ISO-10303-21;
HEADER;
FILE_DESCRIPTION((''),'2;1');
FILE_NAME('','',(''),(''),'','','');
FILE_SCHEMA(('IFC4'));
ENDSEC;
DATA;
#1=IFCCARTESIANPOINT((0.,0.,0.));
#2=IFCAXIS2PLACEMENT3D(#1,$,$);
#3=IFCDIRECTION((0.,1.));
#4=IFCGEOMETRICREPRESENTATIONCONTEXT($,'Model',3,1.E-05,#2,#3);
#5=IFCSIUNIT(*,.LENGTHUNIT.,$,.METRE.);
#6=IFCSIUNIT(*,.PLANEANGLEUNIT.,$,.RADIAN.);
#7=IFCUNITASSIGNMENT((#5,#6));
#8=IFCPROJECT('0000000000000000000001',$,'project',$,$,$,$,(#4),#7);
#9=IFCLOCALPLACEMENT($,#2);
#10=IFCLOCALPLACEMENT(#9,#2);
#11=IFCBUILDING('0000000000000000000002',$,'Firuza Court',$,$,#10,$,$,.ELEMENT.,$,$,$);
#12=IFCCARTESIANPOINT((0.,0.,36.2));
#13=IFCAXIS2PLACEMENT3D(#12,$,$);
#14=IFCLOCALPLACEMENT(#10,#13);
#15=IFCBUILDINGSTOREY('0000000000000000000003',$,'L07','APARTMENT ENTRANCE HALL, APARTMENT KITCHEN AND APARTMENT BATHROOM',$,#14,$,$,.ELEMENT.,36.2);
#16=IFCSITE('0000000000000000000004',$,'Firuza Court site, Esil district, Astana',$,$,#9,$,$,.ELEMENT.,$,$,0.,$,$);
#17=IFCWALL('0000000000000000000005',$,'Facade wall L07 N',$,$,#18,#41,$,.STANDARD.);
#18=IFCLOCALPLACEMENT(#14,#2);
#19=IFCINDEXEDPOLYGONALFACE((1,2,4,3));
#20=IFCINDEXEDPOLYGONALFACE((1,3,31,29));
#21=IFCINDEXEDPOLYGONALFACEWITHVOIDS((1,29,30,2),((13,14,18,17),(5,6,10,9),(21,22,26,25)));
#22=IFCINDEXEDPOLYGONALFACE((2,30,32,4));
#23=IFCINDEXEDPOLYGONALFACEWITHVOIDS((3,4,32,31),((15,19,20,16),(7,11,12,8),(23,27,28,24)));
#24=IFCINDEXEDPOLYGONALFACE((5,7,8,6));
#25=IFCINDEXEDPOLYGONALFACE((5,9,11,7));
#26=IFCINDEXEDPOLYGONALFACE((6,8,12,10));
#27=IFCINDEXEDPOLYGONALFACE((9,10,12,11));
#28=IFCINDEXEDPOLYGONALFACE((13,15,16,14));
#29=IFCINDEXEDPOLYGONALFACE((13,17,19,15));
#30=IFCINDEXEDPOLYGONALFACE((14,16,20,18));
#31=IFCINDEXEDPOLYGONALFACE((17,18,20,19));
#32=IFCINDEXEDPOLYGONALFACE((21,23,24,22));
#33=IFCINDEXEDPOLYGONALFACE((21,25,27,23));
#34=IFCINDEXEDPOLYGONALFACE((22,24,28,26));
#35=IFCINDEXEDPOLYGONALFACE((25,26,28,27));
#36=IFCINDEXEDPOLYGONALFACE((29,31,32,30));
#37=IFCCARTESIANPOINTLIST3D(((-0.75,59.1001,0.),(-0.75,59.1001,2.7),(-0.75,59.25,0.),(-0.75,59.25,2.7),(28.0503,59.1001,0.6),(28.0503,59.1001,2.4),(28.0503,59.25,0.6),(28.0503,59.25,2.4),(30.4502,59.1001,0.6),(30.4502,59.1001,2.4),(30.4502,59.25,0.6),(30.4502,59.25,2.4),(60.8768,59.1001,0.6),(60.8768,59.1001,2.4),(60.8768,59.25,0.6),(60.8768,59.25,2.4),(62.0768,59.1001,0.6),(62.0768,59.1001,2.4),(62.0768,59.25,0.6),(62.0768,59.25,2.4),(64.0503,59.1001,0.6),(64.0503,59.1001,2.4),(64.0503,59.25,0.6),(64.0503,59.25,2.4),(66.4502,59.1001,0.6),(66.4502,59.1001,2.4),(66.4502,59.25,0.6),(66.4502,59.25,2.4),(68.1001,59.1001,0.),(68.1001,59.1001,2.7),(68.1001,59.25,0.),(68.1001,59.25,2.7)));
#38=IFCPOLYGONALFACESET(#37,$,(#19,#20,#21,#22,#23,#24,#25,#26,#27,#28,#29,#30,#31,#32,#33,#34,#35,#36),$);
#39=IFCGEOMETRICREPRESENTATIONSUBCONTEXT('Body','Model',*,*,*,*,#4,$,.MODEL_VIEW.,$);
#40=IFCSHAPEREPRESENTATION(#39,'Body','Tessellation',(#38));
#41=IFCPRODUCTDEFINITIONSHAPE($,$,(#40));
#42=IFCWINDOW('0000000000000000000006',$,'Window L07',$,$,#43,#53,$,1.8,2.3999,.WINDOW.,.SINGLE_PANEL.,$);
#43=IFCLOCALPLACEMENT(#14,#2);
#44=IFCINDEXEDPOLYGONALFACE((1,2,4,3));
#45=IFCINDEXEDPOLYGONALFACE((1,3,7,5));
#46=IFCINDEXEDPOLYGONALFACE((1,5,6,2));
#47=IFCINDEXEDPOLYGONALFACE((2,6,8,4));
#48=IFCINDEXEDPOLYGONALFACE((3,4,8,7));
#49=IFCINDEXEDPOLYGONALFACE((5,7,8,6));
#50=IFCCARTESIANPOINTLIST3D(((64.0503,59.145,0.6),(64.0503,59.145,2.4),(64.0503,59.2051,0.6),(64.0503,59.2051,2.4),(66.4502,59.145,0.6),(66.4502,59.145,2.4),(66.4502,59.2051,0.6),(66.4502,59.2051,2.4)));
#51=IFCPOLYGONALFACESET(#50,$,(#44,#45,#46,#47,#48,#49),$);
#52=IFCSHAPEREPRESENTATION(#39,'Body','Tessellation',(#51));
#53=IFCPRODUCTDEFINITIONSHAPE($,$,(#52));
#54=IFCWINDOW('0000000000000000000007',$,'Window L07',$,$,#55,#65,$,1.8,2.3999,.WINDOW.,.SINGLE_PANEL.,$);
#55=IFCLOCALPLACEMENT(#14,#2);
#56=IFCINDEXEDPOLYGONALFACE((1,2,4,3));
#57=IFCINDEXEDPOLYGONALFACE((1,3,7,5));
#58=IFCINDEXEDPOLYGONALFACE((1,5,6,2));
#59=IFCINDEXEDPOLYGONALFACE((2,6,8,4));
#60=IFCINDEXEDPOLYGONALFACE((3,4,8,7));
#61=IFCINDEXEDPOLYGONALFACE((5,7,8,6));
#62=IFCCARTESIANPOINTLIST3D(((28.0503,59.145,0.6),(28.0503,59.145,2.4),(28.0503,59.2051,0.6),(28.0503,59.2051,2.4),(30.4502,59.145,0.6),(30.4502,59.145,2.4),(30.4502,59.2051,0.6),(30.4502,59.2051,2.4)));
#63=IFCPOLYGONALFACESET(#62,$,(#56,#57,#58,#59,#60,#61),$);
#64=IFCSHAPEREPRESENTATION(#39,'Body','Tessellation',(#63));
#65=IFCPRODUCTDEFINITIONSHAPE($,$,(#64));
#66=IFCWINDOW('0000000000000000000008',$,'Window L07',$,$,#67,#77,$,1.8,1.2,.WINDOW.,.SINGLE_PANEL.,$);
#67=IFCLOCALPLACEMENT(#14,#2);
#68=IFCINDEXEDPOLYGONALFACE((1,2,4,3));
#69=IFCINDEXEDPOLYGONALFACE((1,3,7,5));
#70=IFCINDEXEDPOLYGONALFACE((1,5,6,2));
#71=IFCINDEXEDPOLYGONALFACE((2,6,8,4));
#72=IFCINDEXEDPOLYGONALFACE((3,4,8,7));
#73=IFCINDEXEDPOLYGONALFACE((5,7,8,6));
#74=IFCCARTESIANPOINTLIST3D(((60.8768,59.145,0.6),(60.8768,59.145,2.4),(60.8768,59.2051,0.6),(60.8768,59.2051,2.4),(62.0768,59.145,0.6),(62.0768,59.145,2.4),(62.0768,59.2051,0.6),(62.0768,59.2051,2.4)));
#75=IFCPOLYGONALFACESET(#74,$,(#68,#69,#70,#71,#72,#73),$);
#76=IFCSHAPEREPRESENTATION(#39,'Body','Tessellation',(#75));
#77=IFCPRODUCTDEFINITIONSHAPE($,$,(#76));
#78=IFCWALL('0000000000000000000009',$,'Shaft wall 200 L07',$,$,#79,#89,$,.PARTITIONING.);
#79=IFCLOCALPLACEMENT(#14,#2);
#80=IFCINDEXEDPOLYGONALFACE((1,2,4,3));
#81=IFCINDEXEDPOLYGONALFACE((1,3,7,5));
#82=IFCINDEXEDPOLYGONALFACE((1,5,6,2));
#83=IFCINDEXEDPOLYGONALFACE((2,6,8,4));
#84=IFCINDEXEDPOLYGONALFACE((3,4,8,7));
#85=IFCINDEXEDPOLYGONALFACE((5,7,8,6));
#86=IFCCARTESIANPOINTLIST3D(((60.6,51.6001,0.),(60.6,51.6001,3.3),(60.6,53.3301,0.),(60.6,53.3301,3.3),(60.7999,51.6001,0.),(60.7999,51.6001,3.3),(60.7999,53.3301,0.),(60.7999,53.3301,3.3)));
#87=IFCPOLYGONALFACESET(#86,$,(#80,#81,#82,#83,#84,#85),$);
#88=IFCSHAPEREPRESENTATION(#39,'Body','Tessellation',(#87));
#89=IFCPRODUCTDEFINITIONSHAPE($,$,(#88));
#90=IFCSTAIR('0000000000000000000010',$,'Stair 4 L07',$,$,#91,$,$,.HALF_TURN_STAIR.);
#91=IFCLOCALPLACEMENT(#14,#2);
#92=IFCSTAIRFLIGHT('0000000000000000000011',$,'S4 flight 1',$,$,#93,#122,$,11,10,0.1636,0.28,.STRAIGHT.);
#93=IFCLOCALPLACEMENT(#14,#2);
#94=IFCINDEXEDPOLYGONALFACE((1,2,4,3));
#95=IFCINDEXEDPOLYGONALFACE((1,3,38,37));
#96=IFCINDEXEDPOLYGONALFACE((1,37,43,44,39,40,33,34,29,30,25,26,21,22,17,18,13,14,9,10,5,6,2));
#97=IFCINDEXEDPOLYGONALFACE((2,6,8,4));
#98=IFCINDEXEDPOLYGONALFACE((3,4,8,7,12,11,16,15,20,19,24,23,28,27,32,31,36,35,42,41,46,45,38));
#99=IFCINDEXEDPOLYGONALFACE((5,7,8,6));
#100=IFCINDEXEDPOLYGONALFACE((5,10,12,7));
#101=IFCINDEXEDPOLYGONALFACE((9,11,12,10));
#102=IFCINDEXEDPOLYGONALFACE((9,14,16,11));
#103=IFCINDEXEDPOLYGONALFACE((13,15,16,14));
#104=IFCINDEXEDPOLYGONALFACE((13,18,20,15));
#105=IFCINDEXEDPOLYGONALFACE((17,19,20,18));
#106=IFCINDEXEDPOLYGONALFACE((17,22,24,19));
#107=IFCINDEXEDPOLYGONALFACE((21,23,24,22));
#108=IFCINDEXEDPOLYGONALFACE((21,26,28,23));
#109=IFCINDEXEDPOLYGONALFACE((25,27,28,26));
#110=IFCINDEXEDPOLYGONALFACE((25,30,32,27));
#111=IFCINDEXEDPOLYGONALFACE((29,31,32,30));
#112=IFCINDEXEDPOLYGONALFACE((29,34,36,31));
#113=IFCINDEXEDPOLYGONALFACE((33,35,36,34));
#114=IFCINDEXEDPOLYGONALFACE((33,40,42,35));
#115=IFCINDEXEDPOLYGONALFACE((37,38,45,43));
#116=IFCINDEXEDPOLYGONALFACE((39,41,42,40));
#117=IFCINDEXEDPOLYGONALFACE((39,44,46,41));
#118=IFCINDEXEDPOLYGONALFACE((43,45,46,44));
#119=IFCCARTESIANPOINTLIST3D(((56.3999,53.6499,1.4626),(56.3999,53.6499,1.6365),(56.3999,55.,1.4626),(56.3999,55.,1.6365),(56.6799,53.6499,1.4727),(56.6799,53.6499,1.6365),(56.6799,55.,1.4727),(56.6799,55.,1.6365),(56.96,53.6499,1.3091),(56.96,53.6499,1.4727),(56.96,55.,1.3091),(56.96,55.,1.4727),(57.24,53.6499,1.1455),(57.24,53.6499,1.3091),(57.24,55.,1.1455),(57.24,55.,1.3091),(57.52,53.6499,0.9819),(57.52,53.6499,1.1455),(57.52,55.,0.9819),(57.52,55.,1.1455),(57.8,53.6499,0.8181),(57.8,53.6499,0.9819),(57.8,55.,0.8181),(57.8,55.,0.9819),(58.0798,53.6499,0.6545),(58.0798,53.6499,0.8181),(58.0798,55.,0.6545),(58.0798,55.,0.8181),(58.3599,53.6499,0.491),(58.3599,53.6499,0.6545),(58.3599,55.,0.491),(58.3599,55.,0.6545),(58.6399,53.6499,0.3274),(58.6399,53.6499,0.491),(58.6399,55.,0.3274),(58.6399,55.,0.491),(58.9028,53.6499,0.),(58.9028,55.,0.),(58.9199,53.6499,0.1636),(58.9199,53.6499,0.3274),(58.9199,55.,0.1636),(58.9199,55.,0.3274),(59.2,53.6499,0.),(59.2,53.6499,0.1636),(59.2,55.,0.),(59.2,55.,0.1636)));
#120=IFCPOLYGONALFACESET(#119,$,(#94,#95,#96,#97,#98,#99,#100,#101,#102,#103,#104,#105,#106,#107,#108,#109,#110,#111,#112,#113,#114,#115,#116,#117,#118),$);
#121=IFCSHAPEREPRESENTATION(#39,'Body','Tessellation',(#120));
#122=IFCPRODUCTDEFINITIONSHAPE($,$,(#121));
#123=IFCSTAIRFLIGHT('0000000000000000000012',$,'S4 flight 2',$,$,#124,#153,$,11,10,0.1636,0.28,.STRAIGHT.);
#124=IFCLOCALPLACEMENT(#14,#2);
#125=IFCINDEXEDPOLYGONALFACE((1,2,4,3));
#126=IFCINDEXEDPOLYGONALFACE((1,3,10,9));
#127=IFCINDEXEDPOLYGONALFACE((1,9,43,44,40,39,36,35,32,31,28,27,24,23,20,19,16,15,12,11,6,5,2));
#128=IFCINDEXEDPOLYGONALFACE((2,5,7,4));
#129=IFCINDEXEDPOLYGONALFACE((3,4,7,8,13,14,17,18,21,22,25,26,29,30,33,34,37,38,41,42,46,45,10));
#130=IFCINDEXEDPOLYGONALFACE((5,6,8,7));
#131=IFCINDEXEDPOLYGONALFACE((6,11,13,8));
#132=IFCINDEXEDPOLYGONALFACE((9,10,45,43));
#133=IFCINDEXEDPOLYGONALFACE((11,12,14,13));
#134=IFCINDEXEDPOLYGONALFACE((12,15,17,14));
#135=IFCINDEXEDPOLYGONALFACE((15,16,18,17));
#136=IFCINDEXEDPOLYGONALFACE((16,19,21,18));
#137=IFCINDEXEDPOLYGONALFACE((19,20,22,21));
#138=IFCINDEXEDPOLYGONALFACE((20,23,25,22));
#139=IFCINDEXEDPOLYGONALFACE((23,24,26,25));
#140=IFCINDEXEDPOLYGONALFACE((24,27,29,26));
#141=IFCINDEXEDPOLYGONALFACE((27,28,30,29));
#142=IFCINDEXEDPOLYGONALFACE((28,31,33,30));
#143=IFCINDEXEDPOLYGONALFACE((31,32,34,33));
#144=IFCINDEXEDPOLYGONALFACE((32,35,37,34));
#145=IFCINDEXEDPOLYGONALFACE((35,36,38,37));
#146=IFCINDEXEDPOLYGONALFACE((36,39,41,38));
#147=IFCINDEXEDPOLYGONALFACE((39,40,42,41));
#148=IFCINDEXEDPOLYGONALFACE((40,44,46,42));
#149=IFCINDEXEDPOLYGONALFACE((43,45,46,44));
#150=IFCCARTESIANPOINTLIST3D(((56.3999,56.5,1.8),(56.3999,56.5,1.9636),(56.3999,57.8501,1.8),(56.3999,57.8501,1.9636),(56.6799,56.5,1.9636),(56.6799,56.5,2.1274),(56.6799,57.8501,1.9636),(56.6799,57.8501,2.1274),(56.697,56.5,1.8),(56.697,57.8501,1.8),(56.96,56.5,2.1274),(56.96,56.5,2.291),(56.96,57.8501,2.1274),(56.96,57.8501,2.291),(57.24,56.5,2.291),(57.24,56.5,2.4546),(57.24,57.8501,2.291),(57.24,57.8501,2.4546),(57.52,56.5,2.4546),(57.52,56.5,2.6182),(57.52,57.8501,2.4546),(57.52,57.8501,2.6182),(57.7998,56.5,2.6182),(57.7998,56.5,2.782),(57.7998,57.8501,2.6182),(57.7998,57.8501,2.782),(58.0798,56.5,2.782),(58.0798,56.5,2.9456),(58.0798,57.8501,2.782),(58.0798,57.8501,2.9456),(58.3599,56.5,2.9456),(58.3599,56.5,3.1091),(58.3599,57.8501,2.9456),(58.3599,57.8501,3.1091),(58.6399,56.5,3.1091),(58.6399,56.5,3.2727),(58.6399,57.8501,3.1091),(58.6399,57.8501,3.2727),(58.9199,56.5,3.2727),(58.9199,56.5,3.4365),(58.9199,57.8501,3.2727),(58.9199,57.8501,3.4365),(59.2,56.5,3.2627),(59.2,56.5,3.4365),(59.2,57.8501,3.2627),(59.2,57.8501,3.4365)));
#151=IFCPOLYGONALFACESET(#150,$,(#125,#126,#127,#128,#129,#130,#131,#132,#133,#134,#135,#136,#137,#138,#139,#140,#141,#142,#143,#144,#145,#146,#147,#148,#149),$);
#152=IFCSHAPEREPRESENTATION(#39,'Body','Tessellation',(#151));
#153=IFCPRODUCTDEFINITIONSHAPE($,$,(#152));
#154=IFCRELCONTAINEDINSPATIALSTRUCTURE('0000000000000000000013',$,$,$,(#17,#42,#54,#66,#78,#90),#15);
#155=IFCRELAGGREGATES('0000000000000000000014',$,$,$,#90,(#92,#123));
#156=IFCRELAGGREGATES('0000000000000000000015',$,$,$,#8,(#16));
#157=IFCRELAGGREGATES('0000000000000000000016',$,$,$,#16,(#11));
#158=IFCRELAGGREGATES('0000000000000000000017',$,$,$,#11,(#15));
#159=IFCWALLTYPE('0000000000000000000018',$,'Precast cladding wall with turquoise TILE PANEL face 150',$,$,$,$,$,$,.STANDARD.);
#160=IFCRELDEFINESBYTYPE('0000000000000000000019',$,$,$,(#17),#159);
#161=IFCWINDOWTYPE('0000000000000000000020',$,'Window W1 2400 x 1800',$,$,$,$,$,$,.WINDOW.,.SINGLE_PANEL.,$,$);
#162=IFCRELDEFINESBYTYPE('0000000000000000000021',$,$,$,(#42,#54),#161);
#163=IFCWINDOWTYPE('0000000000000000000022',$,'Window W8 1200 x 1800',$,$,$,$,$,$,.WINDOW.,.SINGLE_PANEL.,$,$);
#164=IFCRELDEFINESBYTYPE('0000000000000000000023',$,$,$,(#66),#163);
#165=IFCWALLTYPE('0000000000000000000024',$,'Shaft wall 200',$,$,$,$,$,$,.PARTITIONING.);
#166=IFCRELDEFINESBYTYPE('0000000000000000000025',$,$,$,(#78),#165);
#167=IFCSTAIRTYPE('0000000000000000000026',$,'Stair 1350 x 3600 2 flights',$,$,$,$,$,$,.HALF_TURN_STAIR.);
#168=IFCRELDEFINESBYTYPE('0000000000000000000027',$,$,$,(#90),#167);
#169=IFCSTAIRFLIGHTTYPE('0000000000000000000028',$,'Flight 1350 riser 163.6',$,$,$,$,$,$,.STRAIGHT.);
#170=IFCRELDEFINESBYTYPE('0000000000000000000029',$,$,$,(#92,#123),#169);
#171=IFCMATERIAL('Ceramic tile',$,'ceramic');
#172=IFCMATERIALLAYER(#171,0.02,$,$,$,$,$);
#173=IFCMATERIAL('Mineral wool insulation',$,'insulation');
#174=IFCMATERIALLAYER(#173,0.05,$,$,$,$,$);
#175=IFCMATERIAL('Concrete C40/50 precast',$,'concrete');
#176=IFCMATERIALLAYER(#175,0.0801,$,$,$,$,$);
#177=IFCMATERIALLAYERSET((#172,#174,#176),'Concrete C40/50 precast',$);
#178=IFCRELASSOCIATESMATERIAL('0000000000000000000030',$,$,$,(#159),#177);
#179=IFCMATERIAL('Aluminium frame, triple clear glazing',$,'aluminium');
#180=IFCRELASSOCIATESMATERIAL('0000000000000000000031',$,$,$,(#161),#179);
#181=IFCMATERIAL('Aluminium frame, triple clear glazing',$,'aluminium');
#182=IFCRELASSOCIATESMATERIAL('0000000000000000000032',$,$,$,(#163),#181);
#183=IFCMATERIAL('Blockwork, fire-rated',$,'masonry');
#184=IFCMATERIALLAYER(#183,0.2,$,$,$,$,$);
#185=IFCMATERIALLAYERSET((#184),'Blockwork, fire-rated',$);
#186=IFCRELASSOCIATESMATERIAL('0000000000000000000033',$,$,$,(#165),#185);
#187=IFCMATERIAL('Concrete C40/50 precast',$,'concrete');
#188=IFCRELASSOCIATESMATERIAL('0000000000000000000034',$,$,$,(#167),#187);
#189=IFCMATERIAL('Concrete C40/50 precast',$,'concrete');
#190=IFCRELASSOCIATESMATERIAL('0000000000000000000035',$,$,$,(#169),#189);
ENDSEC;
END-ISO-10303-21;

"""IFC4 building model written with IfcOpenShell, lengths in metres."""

from ifc_helpers import new_model, si_unit, direction, frame, frame_2d, origin, place, context, subcontext, project, spatial, polyline, rectangle, outline, extrude, material, layer, layer_set, type_object, element, fill, aggregate, save


model = new_model("IFC4")

# Units and contexts
model_context = context("Model", 3, precision=1e-05, world=origin(), true_north=direction((0.0, 1.0)))
body_context = subcontext(model_context, "Body", "Model", "MODEL_VIEW")
ifc_project = project(units=[si_unit("LENGTHUNIT", "METRE"), si_unit("PLANEANGLEUNIT", "RADIAN")], contexts=[model_context])

# Site, building, storey
site_placement = place(None, origin())
site = spatial("IfcSite", under=ifc_project, at=site_placement, Name="Firuza Court site, Esil district, Astana", CompositionType="ELEMENT", RefElevation=0.0)
building_placement = place(site_placement, origin())
building = spatial("IfcBuilding", under=site, at=building_placement, Name="Firuza Court", CompositionType="ELEMENT")
storey_placement = place(building_placement, frame((0.0, 0.0, 36.2)))
storey = spatial("IfcBuildingStorey", under=building, at=storey_placement, Name="L07", Description="APARTMENT ENTRANCE HALL, APARTMENT KITCHEN AND APARTMENT BATHROOM", CompositionType="ELEMENT", Elevation=36.2)

# Wall, openings, windows
ifc_material_1 = material(Name="Ceramic tile", Category="ceramic")
ifc_layer_1 = layer(ifc_material_1, 0.02)
ifc_material_2 = material(Name="Mineral wool insulation", Category="insulation")
ifc_layer_2 = layer(ifc_material_2, 0.05)
ifc_material_3 = material(Name="Concrete C40/50 precast", Category="concrete")
ifc_layer_3 = layer(ifc_material_3, 0.0801)
ifc_layer_set_1 = layer_set([ifc_layer_1, ifc_layer_2, ifc_layer_3], Name="Concrete C40/50 precast")
wall_type_1 = type_object("IfcWallType", Name="Precast cladding wall with turquoise TILE PANEL face 150", PredefinedType="STANDARD", material=ifc_layer_set_1)
wall_1_placement = place(storey_placement, frame((68.1001, 59.175, 0.0), z_axis=(0.0, 0.0, 1.0), x_axis=(-1.0, 0.0, 0.0)))
wall_1 = element("IfcWall", 1, at=wall_1_placement, inside=storey, type_object=wall_type_1, Name="Facade wall L07 N", PredefinedType="STANDARD", context=body_context, shape_type="SweptSolid", body=[
    extrude(rectangle(XDim=68.8501, YDim=0.1499, at=frame_2d((34.425, 0.0))), origin(), (0.0, 0.0, 1.0), 2.7),
])
opening_1_placement = place(wall_1_placement, frame((1.6499, 0.0, 0.6001)))
opening_1 = element("IfcOpeningElement", 2, at=opening_1_placement, cuts=wall_1, PredefinedType="OPENING", context=body_context, shape_type="SweptSolid", body=[
    extrude(rectangle(XDim=2.3999, YDim=1.8, at=frame_2d((1.2, 0.8999))), frame((0.0, 0.0869, 0.0), z_axis=(0.0, -1.0, 0.0), x_axis=(1.0, 0.0, 0.0)), (0.0, 0.0, 1.0), 0.1738),
])
opening_2_placement = place(wall_1_placement, frame((6.0232, 0.0, 0.6001)))
opening_2 = element("IfcOpeningElement", 3, at=opening_2_placement, cuts=wall_1, PredefinedType="OPENING", context=body_context, shape_type="SweptSolid", body=[
    extrude(rectangle(XDim=1.2, YDim=1.8, at=frame_2d((0.6001, 0.8999))), frame((0.0, 0.0869, 0.0), z_axis=(0.0, -1.0, 0.0), x_axis=(1.0, 0.0, 0.0)), (0.0, 0.0, 1.0), 0.1738),
])
opening_3_placement = place(wall_1_placement, frame((37.6499, 0.0, 0.6001)))
opening_3 = element("IfcOpeningElement", 4, at=opening_3_placement, cuts=wall_1, PredefinedType="OPENING", context=body_context, shape_type="SweptSolid", body=[
    extrude(rectangle(XDim=2.3999, YDim=1.8, at=frame_2d((1.2, 0.8999))), frame((0.0, 0.0869, 0.0), z_axis=(0.0, -1.0, 0.0), x_axis=(1.0, 0.0, 0.0)), (0.0, 0.0, 1.0), 0.1738),
])
ifc_material_4 = material(Name="Aluminium frame, triple clear glazing", Category="aluminium")
window_type_1 = type_object("IfcWindowType", Name="Window W1 2400 x 1800", PartitioningType="SINGLE_PANEL", PredefinedType="WINDOW", material=ifc_material_4)
window_1_placement = place(opening_1_placement, origin())
window_1 = element("IfcWindow", 5, at=window_1_placement, inside=storey, type_object=window_type_1, Name="Window L07", OverallHeight=1.8, OverallWidth=2.3999, PartitioningType="SINGLE_PANEL", PredefinedType="WINDOW", context=body_context, shape_type="SweptSolid", body=[
    extrude(rectangle(XDim=2.3999, YDim=1.8, at=frame_2d((1.2, 0.8999))), frame((0.0, 0.03, 0.0), z_axis=(0.0, -1.0, 0.0), x_axis=(1.0, 0.0, 0.0)), (0.0, 0.0, 1.0), 0.0601),
])
fill(opening_1, window_1)
window_2_placement = place(opening_3_placement, origin())
window_2 = element("IfcWindow", 6, at=window_2_placement, inside=storey, type_object=window_type_1, Name="Window L07", OverallHeight=1.8, OverallWidth=2.3999, PartitioningType="SINGLE_PANEL", PredefinedType="WINDOW", context=body_context, shape_type="SweptSolid", body=[
    extrude(rectangle(XDim=2.3999, YDim=1.8, at=frame_2d((1.2, 0.8999))), frame((0.0, 0.03, 0.0), z_axis=(0.0, -1.0, 0.0), x_axis=(1.0, 0.0, 0.0)), (0.0, 0.0, 1.0), 0.0601),
])
fill(opening_3, window_2)
ifc_material_5 = material(Name="Aluminium frame, triple clear glazing", Category="aluminium")
window_type_2 = type_object("IfcWindowType", Name="Window W8 1200 x 1800", PartitioningType="SINGLE_PANEL", PredefinedType="WINDOW", material=ifc_material_5)
window_3_placement = place(opening_2_placement, origin())
window_3 = element("IfcWindow", 7, at=window_3_placement, inside=storey, type_object=window_type_2, Name="Window L07", OverallHeight=1.8, OverallWidth=1.2, PartitioningType="SINGLE_PANEL", PredefinedType="WINDOW", context=body_context, shape_type="SweptSolid", body=[
    extrude(rectangle(XDim=1.2, YDim=1.8, at=frame_2d((0.6001, 0.8999))), frame((0.0, 0.03, 0.0), z_axis=(0.0, -1.0, 0.0), x_axis=(1.0, 0.0, 0.0)), (0.0, 0.0, 1.0), 0.0601),
])
fill(opening_2, window_3)

# Wall
ifc_material_6 = material(Name="Blockwork, fire-rated", Category="masonry")
ifc_layer_4 = layer(ifc_material_6, 0.2)
ifc_layer_set_2 = layer_set([ifc_layer_4], Name="Blockwork, fire-rated")
wall_type_2 = type_object("IfcWallType", Name="Shaft wall 200", PredefinedType="PARTITIONING", material=ifc_layer_set_2)
wall_2_placement = place(storey_placement, frame((60.7, 51.6001, 0.0), z_axis=(0.0, 0.0, 1.0), x_axis=(0.0, 1.0, 0.0)))
element("IfcWall", 8, at=wall_2_placement, inside=storey, type_object=wall_type_2, Name="Shaft wall 200 L07", PredefinedType="PARTITIONING", context=body_context, shape_type="SweptSolid", body=[
    extrude(rectangle(XDim=1.73, YDim=0.2, at=frame_2d((0.865, 0.0))), origin(), (0.0, 0.0, 1.0), 3.3),
])

# Stair, stair flights
ifc_material_7 = material(Name="Concrete C40/50 precast", Category="concrete")
stair_type = type_object("IfcStairType", Name="Stair 1350 x 3600 2 flights", PredefinedType="HALF_TURN_STAIR", material=ifc_material_7)
stair_placement = place(storey_placement, origin())
stair = element("IfcStair", 9, at=stair_placement, inside=storey, type_object=stair_type, Name="Stair 4 L07", PredefinedType="HALF_TURN_STAIR")
ifc_material_8 = material(Name="Concrete C40/50 precast", Category="concrete")
stair_flight_type = type_object("IfcStairFlightType", Name="Flight 1350 riser 163.6", PredefinedType="STRAIGHT", material=ifc_material_8)
stair_flight_1_placement = place(storey_placement, frame((59.2, 54.325, 0.0), z_axis=(0.0, 0.0, 1.0), x_axis=(-1.0, 0.0, 0.0)))
stair_flight_1 = element("IfcStairFlight", 10, at=stair_flight_1_placement, type_object=stair_flight_type, Name="S4 flight 1", NumberOfRisers=11, NumberOfTreads=10, PredefinedType="STRAIGHT", RiserHeight=0.1636, TreadLength=0.28, context=body_context, shape_type="SweptSolid", body=[
    extrude(outline(polyline([(0.0, 0.0), (0.0, 0.1636), (0.28, 0.1636), (0.28, 0.3274), (0.5601, 0.3274), (0.5601, 0.491), (0.8401, 0.491), (0.8401, 0.6545), (1.1201, 0.6545), (1.1201, 0.8181), (1.3999, 0.8181), (1.3999, 0.9819), (1.6799, 0.9819), (1.6799, 1.1455), (1.96, 1.1455), (1.96, 1.3091), (2.24, 1.3091), (2.24, 1.4727), (2.52, 1.4727), (2.52, 1.6365), (2.8, 1.6365), (2.8, 1.8), (2.8, 1.4626), (0.2971, 0.0), (0.0, 0.0)])), frame((0.0, 0.675, 0.0), z_axis=(0.0, -1.0, 0.0), x_axis=(1.0, 0.0, 0.0)), (0.0, 0.0, 1.0), 1.3501),
])
stair_flight_2_placement = place(storey_placement, frame((56.3999, 57.175, 1.8), z_axis=(0.0, 0.0, 1.0), x_axis=(1.0, 0.0, 0.0)))
stair_flight_2 = element("IfcStairFlight", 11, at=stair_flight_2_placement, type_object=stair_flight_type, Name="S4 flight 2", NumberOfRisers=11, NumberOfTreads=10, PredefinedType="STRAIGHT", RiserHeight=0.1636, TreadLength=0.28, context=body_context, shape_type="SweptSolid", body=[
    extrude(outline(polyline([(0.0, 0.0), (0.0, 0.1636), (0.28, 0.1636), (0.28, 0.3274), (0.5601, 0.3274), (0.5601, 0.491), (0.8401, 0.491), (0.8401, 0.6545), (1.1201, 0.6545), (1.1201, 0.8181), (1.3999, 0.8181), (1.3999, 0.9819), (1.6799, 0.9819), (1.6799, 1.1455), (1.96, 1.1455), (1.96, 1.3091), (2.24, 1.3091), (2.24, 1.4727), (2.52, 1.4727), (2.52, 1.6365), (2.8, 1.6365), (2.8, 1.8), (2.8, 1.4626), (0.2971, 0.0), (0.0, 0.0)])), frame((0.0, 0.675, 0.0), z_axis=(0.0, -1.0, 0.0), x_axis=(1.0, 0.0, 0.0)), (0.0, 0.0, 1.0), 1.3501),
])
aggregate(stair, [stair_flight_1, stair_flight_2])

save(model, "model.ifc")
